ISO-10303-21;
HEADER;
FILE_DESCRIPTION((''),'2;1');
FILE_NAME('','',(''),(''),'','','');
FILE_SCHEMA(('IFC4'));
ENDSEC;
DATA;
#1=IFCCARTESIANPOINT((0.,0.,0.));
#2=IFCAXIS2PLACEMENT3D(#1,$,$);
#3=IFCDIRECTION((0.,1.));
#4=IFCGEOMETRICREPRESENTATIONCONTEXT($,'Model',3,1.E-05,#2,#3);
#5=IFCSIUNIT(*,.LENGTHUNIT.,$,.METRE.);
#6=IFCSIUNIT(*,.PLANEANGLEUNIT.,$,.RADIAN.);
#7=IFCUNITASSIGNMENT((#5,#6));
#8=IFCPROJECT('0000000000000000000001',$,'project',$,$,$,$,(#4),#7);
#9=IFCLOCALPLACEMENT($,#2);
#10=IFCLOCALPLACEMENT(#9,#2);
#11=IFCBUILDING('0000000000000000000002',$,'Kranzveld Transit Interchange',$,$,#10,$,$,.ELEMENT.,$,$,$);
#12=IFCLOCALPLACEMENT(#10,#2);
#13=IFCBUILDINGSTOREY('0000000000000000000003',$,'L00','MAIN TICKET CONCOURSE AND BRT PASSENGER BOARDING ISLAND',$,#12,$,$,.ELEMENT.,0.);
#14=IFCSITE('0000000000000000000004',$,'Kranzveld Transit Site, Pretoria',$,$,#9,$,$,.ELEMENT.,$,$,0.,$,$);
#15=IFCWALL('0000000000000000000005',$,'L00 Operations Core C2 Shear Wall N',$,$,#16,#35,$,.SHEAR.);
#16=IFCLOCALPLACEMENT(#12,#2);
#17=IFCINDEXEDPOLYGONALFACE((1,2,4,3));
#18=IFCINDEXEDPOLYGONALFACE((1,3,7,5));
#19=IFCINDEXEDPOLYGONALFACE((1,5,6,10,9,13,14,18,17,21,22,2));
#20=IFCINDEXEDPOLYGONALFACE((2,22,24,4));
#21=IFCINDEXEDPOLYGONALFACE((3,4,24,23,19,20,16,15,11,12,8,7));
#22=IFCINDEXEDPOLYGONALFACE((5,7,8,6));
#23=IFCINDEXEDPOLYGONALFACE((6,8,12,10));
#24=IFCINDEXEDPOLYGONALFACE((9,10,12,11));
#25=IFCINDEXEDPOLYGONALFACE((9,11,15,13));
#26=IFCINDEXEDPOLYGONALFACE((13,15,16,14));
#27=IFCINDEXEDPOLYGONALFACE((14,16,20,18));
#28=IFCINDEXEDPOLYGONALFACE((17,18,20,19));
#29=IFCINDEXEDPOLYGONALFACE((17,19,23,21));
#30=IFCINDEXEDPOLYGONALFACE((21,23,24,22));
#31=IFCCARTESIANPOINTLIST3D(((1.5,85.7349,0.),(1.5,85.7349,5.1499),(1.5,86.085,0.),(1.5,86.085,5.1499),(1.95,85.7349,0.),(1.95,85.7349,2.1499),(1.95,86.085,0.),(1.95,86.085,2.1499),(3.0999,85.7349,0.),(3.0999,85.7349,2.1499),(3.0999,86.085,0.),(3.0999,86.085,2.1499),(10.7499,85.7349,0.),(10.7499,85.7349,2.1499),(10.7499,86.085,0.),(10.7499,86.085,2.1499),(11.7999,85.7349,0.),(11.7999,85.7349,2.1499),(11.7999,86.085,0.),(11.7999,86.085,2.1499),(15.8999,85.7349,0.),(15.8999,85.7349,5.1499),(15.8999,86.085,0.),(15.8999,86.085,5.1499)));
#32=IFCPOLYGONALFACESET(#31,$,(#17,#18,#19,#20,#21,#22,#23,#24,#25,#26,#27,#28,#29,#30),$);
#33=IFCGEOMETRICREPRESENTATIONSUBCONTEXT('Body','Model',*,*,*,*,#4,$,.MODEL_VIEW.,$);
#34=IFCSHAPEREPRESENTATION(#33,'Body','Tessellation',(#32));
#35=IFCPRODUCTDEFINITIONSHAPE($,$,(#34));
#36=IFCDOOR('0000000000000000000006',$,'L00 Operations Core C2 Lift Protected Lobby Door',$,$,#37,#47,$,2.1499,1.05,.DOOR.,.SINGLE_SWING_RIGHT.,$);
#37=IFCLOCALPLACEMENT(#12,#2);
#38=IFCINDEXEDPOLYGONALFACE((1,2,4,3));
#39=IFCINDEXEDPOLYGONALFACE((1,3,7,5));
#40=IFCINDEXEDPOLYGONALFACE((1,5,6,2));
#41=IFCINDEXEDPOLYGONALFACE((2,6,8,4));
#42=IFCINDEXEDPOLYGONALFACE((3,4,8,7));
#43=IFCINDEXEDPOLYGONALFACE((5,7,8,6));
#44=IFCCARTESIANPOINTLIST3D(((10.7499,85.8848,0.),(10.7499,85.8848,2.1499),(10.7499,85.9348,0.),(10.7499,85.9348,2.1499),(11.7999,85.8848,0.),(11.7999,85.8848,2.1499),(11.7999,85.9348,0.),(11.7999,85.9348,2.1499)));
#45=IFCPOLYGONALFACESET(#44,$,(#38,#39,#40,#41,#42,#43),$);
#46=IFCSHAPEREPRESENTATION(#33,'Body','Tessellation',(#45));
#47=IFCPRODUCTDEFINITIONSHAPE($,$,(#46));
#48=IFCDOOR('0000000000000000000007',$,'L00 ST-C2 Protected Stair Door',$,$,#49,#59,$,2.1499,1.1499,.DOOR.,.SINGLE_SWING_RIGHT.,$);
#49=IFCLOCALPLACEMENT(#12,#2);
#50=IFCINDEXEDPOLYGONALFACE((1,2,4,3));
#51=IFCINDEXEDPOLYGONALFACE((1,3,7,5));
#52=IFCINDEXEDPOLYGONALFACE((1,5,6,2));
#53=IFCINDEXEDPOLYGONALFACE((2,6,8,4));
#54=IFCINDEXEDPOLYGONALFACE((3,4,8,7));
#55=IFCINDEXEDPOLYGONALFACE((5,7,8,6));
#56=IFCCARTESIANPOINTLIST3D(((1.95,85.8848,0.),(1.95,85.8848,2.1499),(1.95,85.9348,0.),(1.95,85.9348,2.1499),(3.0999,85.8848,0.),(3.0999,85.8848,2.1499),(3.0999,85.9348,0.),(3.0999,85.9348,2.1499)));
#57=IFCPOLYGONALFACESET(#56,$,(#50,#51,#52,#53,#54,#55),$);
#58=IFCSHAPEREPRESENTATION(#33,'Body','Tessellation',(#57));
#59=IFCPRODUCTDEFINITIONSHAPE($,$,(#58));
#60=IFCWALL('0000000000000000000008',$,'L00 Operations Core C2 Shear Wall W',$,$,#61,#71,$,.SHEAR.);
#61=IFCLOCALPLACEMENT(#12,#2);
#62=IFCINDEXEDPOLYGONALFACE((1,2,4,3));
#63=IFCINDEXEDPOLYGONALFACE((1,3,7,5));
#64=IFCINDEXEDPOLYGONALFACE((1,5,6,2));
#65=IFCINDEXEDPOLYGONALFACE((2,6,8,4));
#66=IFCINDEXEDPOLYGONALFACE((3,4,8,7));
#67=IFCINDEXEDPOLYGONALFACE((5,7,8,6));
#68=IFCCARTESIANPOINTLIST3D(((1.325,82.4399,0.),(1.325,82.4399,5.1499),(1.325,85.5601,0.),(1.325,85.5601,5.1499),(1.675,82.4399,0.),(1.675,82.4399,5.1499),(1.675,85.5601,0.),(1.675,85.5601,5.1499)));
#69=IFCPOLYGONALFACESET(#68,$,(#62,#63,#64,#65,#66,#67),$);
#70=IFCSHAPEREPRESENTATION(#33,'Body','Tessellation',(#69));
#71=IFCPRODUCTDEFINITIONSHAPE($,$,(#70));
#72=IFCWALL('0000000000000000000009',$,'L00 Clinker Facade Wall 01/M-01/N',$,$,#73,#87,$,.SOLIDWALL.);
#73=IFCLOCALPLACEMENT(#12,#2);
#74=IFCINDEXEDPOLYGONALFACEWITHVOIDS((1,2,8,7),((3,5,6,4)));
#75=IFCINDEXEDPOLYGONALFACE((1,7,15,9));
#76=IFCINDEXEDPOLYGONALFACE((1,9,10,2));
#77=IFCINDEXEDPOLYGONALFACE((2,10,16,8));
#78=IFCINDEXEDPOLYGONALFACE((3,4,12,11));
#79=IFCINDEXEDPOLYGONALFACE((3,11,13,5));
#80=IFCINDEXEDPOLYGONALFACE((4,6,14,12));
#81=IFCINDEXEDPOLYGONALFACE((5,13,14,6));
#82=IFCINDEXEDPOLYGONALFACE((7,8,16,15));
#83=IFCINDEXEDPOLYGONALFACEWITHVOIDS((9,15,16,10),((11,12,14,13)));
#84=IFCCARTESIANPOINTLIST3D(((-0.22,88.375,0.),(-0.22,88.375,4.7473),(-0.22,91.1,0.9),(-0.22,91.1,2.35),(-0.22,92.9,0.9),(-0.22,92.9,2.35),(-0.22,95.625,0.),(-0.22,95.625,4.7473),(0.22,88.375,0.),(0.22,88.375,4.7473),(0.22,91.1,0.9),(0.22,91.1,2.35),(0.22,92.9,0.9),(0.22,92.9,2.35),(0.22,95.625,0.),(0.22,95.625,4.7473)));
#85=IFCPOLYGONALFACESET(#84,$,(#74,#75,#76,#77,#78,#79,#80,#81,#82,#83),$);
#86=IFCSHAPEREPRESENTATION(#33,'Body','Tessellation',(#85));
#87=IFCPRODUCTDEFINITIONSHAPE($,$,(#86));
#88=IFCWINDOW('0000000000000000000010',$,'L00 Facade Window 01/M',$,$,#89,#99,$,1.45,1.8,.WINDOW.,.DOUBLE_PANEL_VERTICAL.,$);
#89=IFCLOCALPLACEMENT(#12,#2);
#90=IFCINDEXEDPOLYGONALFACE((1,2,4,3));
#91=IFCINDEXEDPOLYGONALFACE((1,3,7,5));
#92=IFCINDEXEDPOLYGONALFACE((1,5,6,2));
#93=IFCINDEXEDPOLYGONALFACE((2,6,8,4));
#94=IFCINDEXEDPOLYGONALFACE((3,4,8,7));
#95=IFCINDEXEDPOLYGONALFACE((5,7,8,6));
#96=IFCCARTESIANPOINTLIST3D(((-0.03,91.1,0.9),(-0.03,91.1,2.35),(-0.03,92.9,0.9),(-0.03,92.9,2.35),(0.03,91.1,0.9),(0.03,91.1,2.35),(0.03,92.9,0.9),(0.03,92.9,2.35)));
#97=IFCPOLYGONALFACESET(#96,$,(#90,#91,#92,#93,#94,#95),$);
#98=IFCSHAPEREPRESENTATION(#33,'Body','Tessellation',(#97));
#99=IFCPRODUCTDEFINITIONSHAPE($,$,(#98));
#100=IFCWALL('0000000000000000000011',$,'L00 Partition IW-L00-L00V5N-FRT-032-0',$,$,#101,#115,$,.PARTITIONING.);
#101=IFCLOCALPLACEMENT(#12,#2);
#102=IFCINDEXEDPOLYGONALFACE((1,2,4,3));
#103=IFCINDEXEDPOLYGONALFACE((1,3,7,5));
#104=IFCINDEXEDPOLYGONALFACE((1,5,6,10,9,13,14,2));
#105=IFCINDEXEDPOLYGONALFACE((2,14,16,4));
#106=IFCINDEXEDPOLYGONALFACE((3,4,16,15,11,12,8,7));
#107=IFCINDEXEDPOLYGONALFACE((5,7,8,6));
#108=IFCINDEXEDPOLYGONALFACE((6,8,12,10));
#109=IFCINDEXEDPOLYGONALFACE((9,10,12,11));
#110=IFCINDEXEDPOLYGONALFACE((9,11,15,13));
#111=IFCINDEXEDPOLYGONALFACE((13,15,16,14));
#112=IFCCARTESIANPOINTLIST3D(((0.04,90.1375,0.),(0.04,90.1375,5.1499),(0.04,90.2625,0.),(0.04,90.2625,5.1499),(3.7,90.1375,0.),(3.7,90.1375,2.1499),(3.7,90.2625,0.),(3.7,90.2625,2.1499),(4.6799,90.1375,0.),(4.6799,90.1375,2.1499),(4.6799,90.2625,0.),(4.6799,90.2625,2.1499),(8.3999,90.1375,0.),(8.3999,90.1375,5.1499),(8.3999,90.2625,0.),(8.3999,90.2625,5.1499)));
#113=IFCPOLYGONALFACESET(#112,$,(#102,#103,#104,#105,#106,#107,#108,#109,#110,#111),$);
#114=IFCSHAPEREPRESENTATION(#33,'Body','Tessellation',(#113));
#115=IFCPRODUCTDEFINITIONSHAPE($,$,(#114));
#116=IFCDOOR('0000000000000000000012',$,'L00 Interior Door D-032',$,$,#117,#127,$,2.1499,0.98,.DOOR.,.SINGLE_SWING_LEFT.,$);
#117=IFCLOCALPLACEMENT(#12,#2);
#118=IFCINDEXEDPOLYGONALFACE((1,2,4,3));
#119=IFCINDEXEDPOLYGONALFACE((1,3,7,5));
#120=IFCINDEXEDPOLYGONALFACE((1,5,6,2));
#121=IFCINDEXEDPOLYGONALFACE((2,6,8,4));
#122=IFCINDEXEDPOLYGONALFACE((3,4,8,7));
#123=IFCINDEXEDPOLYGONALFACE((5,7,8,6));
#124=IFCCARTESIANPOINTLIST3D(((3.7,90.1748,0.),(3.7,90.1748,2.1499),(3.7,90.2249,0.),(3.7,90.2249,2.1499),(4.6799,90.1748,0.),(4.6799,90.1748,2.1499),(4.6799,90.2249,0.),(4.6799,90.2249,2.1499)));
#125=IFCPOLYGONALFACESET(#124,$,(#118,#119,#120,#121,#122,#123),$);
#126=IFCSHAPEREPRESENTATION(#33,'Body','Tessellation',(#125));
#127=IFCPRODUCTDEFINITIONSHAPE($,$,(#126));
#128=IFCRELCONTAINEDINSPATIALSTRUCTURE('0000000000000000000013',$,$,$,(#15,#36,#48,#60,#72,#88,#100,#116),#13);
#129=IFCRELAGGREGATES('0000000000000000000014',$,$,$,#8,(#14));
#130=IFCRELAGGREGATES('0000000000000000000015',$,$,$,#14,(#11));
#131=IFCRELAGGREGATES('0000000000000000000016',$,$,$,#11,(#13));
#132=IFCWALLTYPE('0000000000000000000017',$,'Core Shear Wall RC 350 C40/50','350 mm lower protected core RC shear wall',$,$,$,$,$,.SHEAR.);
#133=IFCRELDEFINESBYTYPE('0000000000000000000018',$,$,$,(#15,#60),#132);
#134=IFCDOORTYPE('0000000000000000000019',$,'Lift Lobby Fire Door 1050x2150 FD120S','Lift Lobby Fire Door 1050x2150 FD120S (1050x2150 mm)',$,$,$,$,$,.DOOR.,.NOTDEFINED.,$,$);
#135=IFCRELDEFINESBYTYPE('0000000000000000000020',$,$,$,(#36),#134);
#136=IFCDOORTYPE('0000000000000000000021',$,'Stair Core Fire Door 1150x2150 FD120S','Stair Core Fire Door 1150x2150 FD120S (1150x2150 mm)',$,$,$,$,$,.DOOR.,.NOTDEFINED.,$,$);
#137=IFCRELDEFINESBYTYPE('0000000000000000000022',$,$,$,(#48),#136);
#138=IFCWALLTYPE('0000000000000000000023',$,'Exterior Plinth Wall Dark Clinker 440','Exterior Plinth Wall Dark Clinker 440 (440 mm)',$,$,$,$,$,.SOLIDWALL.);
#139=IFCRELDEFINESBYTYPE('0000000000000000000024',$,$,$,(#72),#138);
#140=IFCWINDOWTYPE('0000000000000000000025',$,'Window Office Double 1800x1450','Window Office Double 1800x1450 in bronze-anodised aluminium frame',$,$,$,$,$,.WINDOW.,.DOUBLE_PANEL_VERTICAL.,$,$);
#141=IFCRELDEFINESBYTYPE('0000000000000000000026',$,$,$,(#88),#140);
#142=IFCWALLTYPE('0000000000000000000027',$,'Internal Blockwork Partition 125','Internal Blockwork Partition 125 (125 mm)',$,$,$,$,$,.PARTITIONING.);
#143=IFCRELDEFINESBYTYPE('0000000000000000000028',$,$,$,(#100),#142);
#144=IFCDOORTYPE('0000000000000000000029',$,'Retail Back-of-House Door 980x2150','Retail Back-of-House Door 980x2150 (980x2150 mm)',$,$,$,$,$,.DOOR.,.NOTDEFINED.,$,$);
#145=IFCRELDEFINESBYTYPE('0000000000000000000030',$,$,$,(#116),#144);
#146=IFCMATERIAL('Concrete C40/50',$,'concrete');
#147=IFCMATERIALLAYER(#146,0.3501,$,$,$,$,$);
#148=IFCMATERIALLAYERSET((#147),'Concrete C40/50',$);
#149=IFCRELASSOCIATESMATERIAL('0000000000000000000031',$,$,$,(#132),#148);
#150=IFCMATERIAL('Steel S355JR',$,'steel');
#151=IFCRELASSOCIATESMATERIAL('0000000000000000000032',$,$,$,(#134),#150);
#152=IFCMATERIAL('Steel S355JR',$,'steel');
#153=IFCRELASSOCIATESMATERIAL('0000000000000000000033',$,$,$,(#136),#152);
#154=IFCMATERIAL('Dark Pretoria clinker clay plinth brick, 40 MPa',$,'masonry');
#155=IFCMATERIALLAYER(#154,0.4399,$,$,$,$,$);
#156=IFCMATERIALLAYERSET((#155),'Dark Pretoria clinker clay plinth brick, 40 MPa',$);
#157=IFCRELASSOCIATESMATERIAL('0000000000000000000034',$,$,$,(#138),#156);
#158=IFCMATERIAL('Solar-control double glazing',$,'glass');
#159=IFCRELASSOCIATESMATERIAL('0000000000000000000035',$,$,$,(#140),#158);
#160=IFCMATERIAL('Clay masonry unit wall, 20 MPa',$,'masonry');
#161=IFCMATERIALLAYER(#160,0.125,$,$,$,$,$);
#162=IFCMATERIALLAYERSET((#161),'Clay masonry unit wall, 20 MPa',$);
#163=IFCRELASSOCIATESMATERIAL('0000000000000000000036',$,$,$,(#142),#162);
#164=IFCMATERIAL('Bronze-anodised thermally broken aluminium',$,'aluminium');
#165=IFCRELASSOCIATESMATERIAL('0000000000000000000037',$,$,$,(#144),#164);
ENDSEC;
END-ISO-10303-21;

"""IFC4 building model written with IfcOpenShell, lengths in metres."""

from ifc_helpers import new_model, si_unit, direction, frame, frame_2d, origin, place, context, subcontext, project, spatial, rectangle, extrude, material, layer, layer_set, type_object, element, fill, save


model = new_model("IFC4")

# Units and contexts
model_context = context("Model", 3, precision=1e-05, world=origin(), true_north=direction((0.0, 1.0)))
body_context = subcontext(model_context, "Body", "Model", "MODEL_VIEW")
ifc_project = project(units=[si_unit("LENGTHUNIT", "METRE"), si_unit("PLANEANGLEUNIT", "RADIAN")], contexts=[model_context])

# Site, building, storey
site_placement = place(None, origin())
site = spatial("IfcSite", under=ifc_project, at=site_placement, Name="Kranzveld Transit Site, Pretoria", CompositionType="ELEMENT", RefElevation=0.0)
building_placement = place(site_placement, origin())
building = spatial("IfcBuilding", under=site, at=building_placement, Name="Kranzveld Transit Interchange", CompositionType="ELEMENT")
storey_placement = place(building_placement, origin())
storey = spatial("IfcBuildingStorey", under=building, at=storey_placement, Name="L00", Description="MAIN TICKET CONCOURSE AND BRT PASSENGER BOARDING ISLAND", CompositionType="ELEMENT", Elevation=0.0)

# Wall, openings, doors
ifc_material_1 = material(Name="Concrete C40/50", Category="concrete")
ifc_layer_1 = layer(ifc_material_1, 0.3501)
ifc_layer_set_1 = layer_set([ifc_layer_1], Name="Concrete C40/50")
wall_type_1 = type_object("IfcWallType", Name="Core Shear Wall RC 350 C40/50", Description="350 mm lower protected core RC shear wall", PredefinedType="SHEAR", material=ifc_layer_set_1)
wall_1_placement = place(storey_placement, frame((1.5, 85.9099, 0.0), z_axis=(0.0, 0.0, 1.0), x_axis=(1.0, 0.0, 0.0)))
wall_1 = element("IfcWall", 1, at=wall_1_placement, inside=storey, type_object=wall_type_1, Name="L00 Operations Core C2 Shear Wall N", PredefinedType="SHEAR", context=body_context, shape_type="SweptSolid", body=[
    extrude(rectangle(XDim=14.3999, YDim=0.3501, at=frame_2d((7.2, 0.0))), origin(), (0.0, 0.0, 1.0), 5.1499),
])
opening_1_placement = place(wall_1_placement, frame((0.45, 0.0, 0.0), z_axis=(0.0, 0.0, 1.0), x_axis=(1.0, 0.0, 0.0)))
opening_1 = element("IfcOpeningElement", 2, at=opening_1_placement, cuts=wall_1, PredefinedType="OPENING", context=body_context, shape_type="SweptSolid", body=[
    extrude(rectangle(XDim=1.1499, YDim=2.1499, at=frame_2d((0.575, 1.075))), frame((0.0, 0.1851, 0.0), z_axis=(0.0, -1.0, 0.0), x_axis=(1.0, 0.0, 0.0)), (0.0, 0.0, 1.0), 0.3701),
])
opening_2_placement = place(wall_1_placement, frame((9.25, 0.0, 0.0), z_axis=(0.0, 0.0, 1.0), x_axis=(1.0, 0.0, 0.0)))
opening_2 = element("IfcOpeningElement", 3, at=opening_2_placement, cuts=wall_1, PredefinedType="OPENING", context=body_context, shape_type="SweptSolid", body=[
    extrude(rectangle(XDim=1.05, YDim=2.1499, at=frame_2d((0.5249, 1.075))), frame((0.0, 0.1851, 0.0), z_axis=(0.0, -1.0, 0.0), x_axis=(1.0, 0.0, 0.0)), (0.0, 0.0, 1.0), 0.3701),
])
ifc_material_2 = material(Name="Steel S355JR", Category="steel")
door_type_1 = type_object("IfcDoorType", Name="Lift Lobby Fire Door 1050x2150 FD120S", Description="Lift Lobby Fire Door 1050x2150 FD120S (1050x2150 mm)", OperationType="NOTDEFINED", PredefinedType="DOOR", material=ifc_material_2)
door_1_placement = place(opening_2_placement, origin())
door_1 = element("IfcDoor", 4, at=door_1_placement, inside=storey, type_object=door_type_1, Name="L00 Operations Core C2 Lift Protected Lobby Door", OperationType="SINGLE_SWING_RIGHT", OverallHeight=2.1499, OverallWidth=1.05, PredefinedType="DOOR", context=body_context, shape_type="SweptSolid", body=[
    extrude(rectangle(XDim=1.05, YDim=2.1499, at=frame_2d((0.5249, 1.075))), frame((0.0, 0.0249, 0.0), z_axis=(0.0, -1.0, 0.0), x_axis=(1.0, 0.0, 0.0)), (0.0, 0.0, 1.0), 0.05),
])
fill(opening_2, door_1)
ifc_material_3 = material(Name="Steel S355JR", Category="steel")
door_type_2 = type_object("IfcDoorType", Name="Stair Core Fire Door 1150x2150 FD120S", Description="Stair Core Fire Door 1150x2150 FD120S (1150x2150 mm)", OperationType="NOTDEFINED", PredefinedType="DOOR", material=ifc_material_3)
door_2_placement = place(opening_1_placement, origin())
door_2 = element("IfcDoor", 5, at=door_2_placement, inside=storey, type_object=door_type_2, Name="L00 ST-C2 Protected Stair Door", OperationType="SINGLE_SWING_RIGHT", OverallHeight=2.1499, OverallWidth=1.1499, PredefinedType="DOOR", context=body_context, shape_type="SweptSolid", body=[
    extrude(rectangle(XDim=1.1499, YDim=2.1499, at=frame_2d((0.575, 1.075))), frame((0.0, 0.0249, 0.0), z_axis=(0.0, -1.0, 0.0), x_axis=(1.0, 0.0, 0.0)), (0.0, 0.0, 1.0), 0.05),
])
fill(opening_1, door_2)

# Wall
wall_2_placement = place(storey_placement, frame((1.5, 82.4399, 0.0), z_axis=(0.0, 0.0, 1.0), x_axis=(0.0, 1.0, 0.0)))
element("IfcWall", 6, at=wall_2_placement, inside=storey, type_object=wall_type_1, Name="L00 Operations Core C2 Shear Wall W", PredefinedType="SHEAR", context=body_context, shape_type="SweptSolid", body=[
    extrude(rectangle(XDim=3.1201, YDim=0.3501, at=frame_2d((1.5601, 0.0))), origin(), (0.0, 0.0, 1.0), 5.1499),
])

# Wall, opening, window
ifc_material_4 = material(Name="Dark Pretoria clinker clay plinth brick, 40 MPa", Category="masonry")
ifc_layer_2 = layer(ifc_material_4, 0.4399)
ifc_layer_set_2 = layer_set([ifc_layer_2], Name="Dark Pretoria clinker clay plinth brick, 40 MPa")
wall_type_2 = type_object("IfcWallType", Name="Exterior Plinth Wall Dark Clinker 440", Description="Exterior Plinth Wall Dark Clinker 440 (440 mm)", PredefinedType="SOLIDWALL", material=ifc_layer_set_2)
wall_3_placement = place(storey_placement, frame((0.0, 88.375, 0.0), z_axis=(0.0, 0.0, 1.0), x_axis=(0.0, 1.0, 0.0)))
wall_3 = element("IfcWall", 7, at=wall_3_placement, inside=storey, type_object=wall_type_2, Name="L00 Clinker Facade Wall 01/M-01/N", PredefinedType="SOLIDWALL", context=body_context, shape_type="SweptSolid", body=[
    extrude(rectangle(XDim=7.25, YDim=0.4399, at=frame_2d((3.625, 0.0))), origin(), (0.0, 0.0, 1.0), 4.7473),
])
opening_3_placement = place(wall_3_placement, frame((2.7251, 0.0, 0.8999), z_axis=(0.0, 0.0, 1.0), x_axis=(1.0, 0.0, 0.0)))
opening_3 = element("IfcOpeningElement", 8, at=opening_3_placement, cuts=wall_3, PredefinedType="OPENING", context=body_context, shape_type="SweptSolid", body=[
    extrude(rectangle(XDim=1.8, YDim=1.45, at=frame_2d((0.8999, 0.7251))), frame((0.0, 0.23, 0.0), z_axis=(0.0, -1.0, 0.0), x_axis=(1.0, 0.0, 0.0)), (0.0, 0.0, 1.0), 0.46),
])
ifc_material_5 = material(Name="Solar-control double glazing", Category="glass")
window_type = type_object("IfcWindowType", Name="Window Office Double 1800x1450", Description="Window Office Double 1800x1450 in bronze-anodised aluminium frame", PartitioningType="DOUBLE_PANEL_VERTICAL", PredefinedType="WINDOW", material=ifc_material_5)
window_placement = place(opening_3_placement, origin())
window = element("IfcWindow", 9, at=window_placement, inside=storey, type_object=window_type, Name="L00 Facade Window 01/M", OverallHeight=1.45, OverallWidth=1.8, PartitioningType="DOUBLE_PANEL_VERTICAL", PredefinedType="WINDOW", context=body_context, shape_type="SweptSolid", body=[
    extrude(rectangle(XDim=1.8, YDim=1.45, at=frame_2d((0.8999, 0.7251))), frame((0.0, 0.03, 0.0), z_axis=(0.0, -1.0, 0.0), x_axis=(1.0, 0.0, 0.0)), (0.0, 0.0, 1.0), 0.0601),
])
fill(opening_3, window)

# Wall, opening, door
ifc_material_6 = material(Name="Clay masonry unit wall, 20 MPa", Category="masonry")
ifc_layer_3 = layer(ifc_material_6, 0.125)
ifc_layer_set_3 = layer_set([ifc_layer_3], Name="Clay masonry unit wall, 20 MPa")
wall_type_3 = type_object("IfcWallType", Name="Internal Blockwork Partition 125", Description="Internal Blockwork Partition 125 (125 mm)", PredefinedType="PARTITIONING", material=ifc_layer_set_3)
wall_4_placement = place(storey_placement, frame((0.04, 90.2, 0.0), z_axis=(0.0, 0.0, 1.0), x_axis=(1.0, 0.0, 0.0)))
wall_4 = element("IfcWall", 10, at=wall_4_placement, inside=storey, type_object=wall_type_3, Name="L00 Partition IW-L00-L00V5N-FRT-032-0", PredefinedType="PARTITIONING", context=body_context, shape_type="SweptSolid", body=[
    extrude(rectangle(XDim=8.3599, YDim=0.125, at=frame_2d((4.1799, 0.0))), origin(), (0.0, 0.0, 1.0), 5.1499),
])
opening_4_placement = place(wall_4_placement, frame((3.6599, 0.0, 0.0), z_axis=(0.0, 0.0, 1.0), x_axis=(1.0, 0.0, 0.0)))
opening_4 = element("IfcOpeningElement", 11, at=opening_4_placement, cuts=wall_4, PredefinedType="OPENING", context=body_context, shape_type="SweptSolid", body=[
    extrude(rectangle(XDim=0.98, YDim=2.1499, at=frame_2d((0.49, 1.075))), frame((0.0, 0.0725, 0.0), z_axis=(0.0, -1.0, 0.0), x_axis=(1.0, 0.0, 0.0)), (0.0, 0.0, 1.0), 0.145),
])
ifc_material_7 = material(Name="Bronze-anodised thermally broken aluminium", Category="aluminium")
door_type_3 = type_object("IfcDoorType", Name="Retail Back-of-House Door 980x2150", Description="Retail Back-of-House Door 980x2150 (980x2150 mm)", OperationType="NOTDEFINED", PredefinedType="DOOR", material=ifc_material_7)
door_3_placement = place(opening_4_placement, origin())
door_3 = element("IfcDoor", 12, at=door_3_placement, inside=storey, type_object=door_type_3, Name="L00 Interior Door D-032", OperationType="SINGLE_SWING_LEFT", OverallHeight=2.1499, OverallWidth=0.98, PredefinedType="DOOR", context=body_context, shape_type="SweptSolid", body=[
    extrude(rectangle(XDim=0.98, YDim=2.1499, at=frame_2d((0.49, 1.075))), frame((0.0, 0.0249, 0.0), z_axis=(0.0, -1.0, 0.0), x_axis=(1.0, 0.0, 0.0)), (0.0, 0.0, 1.0), 0.05),
])
fill(opening_4, door_3)

save(model, "model.ifc")
